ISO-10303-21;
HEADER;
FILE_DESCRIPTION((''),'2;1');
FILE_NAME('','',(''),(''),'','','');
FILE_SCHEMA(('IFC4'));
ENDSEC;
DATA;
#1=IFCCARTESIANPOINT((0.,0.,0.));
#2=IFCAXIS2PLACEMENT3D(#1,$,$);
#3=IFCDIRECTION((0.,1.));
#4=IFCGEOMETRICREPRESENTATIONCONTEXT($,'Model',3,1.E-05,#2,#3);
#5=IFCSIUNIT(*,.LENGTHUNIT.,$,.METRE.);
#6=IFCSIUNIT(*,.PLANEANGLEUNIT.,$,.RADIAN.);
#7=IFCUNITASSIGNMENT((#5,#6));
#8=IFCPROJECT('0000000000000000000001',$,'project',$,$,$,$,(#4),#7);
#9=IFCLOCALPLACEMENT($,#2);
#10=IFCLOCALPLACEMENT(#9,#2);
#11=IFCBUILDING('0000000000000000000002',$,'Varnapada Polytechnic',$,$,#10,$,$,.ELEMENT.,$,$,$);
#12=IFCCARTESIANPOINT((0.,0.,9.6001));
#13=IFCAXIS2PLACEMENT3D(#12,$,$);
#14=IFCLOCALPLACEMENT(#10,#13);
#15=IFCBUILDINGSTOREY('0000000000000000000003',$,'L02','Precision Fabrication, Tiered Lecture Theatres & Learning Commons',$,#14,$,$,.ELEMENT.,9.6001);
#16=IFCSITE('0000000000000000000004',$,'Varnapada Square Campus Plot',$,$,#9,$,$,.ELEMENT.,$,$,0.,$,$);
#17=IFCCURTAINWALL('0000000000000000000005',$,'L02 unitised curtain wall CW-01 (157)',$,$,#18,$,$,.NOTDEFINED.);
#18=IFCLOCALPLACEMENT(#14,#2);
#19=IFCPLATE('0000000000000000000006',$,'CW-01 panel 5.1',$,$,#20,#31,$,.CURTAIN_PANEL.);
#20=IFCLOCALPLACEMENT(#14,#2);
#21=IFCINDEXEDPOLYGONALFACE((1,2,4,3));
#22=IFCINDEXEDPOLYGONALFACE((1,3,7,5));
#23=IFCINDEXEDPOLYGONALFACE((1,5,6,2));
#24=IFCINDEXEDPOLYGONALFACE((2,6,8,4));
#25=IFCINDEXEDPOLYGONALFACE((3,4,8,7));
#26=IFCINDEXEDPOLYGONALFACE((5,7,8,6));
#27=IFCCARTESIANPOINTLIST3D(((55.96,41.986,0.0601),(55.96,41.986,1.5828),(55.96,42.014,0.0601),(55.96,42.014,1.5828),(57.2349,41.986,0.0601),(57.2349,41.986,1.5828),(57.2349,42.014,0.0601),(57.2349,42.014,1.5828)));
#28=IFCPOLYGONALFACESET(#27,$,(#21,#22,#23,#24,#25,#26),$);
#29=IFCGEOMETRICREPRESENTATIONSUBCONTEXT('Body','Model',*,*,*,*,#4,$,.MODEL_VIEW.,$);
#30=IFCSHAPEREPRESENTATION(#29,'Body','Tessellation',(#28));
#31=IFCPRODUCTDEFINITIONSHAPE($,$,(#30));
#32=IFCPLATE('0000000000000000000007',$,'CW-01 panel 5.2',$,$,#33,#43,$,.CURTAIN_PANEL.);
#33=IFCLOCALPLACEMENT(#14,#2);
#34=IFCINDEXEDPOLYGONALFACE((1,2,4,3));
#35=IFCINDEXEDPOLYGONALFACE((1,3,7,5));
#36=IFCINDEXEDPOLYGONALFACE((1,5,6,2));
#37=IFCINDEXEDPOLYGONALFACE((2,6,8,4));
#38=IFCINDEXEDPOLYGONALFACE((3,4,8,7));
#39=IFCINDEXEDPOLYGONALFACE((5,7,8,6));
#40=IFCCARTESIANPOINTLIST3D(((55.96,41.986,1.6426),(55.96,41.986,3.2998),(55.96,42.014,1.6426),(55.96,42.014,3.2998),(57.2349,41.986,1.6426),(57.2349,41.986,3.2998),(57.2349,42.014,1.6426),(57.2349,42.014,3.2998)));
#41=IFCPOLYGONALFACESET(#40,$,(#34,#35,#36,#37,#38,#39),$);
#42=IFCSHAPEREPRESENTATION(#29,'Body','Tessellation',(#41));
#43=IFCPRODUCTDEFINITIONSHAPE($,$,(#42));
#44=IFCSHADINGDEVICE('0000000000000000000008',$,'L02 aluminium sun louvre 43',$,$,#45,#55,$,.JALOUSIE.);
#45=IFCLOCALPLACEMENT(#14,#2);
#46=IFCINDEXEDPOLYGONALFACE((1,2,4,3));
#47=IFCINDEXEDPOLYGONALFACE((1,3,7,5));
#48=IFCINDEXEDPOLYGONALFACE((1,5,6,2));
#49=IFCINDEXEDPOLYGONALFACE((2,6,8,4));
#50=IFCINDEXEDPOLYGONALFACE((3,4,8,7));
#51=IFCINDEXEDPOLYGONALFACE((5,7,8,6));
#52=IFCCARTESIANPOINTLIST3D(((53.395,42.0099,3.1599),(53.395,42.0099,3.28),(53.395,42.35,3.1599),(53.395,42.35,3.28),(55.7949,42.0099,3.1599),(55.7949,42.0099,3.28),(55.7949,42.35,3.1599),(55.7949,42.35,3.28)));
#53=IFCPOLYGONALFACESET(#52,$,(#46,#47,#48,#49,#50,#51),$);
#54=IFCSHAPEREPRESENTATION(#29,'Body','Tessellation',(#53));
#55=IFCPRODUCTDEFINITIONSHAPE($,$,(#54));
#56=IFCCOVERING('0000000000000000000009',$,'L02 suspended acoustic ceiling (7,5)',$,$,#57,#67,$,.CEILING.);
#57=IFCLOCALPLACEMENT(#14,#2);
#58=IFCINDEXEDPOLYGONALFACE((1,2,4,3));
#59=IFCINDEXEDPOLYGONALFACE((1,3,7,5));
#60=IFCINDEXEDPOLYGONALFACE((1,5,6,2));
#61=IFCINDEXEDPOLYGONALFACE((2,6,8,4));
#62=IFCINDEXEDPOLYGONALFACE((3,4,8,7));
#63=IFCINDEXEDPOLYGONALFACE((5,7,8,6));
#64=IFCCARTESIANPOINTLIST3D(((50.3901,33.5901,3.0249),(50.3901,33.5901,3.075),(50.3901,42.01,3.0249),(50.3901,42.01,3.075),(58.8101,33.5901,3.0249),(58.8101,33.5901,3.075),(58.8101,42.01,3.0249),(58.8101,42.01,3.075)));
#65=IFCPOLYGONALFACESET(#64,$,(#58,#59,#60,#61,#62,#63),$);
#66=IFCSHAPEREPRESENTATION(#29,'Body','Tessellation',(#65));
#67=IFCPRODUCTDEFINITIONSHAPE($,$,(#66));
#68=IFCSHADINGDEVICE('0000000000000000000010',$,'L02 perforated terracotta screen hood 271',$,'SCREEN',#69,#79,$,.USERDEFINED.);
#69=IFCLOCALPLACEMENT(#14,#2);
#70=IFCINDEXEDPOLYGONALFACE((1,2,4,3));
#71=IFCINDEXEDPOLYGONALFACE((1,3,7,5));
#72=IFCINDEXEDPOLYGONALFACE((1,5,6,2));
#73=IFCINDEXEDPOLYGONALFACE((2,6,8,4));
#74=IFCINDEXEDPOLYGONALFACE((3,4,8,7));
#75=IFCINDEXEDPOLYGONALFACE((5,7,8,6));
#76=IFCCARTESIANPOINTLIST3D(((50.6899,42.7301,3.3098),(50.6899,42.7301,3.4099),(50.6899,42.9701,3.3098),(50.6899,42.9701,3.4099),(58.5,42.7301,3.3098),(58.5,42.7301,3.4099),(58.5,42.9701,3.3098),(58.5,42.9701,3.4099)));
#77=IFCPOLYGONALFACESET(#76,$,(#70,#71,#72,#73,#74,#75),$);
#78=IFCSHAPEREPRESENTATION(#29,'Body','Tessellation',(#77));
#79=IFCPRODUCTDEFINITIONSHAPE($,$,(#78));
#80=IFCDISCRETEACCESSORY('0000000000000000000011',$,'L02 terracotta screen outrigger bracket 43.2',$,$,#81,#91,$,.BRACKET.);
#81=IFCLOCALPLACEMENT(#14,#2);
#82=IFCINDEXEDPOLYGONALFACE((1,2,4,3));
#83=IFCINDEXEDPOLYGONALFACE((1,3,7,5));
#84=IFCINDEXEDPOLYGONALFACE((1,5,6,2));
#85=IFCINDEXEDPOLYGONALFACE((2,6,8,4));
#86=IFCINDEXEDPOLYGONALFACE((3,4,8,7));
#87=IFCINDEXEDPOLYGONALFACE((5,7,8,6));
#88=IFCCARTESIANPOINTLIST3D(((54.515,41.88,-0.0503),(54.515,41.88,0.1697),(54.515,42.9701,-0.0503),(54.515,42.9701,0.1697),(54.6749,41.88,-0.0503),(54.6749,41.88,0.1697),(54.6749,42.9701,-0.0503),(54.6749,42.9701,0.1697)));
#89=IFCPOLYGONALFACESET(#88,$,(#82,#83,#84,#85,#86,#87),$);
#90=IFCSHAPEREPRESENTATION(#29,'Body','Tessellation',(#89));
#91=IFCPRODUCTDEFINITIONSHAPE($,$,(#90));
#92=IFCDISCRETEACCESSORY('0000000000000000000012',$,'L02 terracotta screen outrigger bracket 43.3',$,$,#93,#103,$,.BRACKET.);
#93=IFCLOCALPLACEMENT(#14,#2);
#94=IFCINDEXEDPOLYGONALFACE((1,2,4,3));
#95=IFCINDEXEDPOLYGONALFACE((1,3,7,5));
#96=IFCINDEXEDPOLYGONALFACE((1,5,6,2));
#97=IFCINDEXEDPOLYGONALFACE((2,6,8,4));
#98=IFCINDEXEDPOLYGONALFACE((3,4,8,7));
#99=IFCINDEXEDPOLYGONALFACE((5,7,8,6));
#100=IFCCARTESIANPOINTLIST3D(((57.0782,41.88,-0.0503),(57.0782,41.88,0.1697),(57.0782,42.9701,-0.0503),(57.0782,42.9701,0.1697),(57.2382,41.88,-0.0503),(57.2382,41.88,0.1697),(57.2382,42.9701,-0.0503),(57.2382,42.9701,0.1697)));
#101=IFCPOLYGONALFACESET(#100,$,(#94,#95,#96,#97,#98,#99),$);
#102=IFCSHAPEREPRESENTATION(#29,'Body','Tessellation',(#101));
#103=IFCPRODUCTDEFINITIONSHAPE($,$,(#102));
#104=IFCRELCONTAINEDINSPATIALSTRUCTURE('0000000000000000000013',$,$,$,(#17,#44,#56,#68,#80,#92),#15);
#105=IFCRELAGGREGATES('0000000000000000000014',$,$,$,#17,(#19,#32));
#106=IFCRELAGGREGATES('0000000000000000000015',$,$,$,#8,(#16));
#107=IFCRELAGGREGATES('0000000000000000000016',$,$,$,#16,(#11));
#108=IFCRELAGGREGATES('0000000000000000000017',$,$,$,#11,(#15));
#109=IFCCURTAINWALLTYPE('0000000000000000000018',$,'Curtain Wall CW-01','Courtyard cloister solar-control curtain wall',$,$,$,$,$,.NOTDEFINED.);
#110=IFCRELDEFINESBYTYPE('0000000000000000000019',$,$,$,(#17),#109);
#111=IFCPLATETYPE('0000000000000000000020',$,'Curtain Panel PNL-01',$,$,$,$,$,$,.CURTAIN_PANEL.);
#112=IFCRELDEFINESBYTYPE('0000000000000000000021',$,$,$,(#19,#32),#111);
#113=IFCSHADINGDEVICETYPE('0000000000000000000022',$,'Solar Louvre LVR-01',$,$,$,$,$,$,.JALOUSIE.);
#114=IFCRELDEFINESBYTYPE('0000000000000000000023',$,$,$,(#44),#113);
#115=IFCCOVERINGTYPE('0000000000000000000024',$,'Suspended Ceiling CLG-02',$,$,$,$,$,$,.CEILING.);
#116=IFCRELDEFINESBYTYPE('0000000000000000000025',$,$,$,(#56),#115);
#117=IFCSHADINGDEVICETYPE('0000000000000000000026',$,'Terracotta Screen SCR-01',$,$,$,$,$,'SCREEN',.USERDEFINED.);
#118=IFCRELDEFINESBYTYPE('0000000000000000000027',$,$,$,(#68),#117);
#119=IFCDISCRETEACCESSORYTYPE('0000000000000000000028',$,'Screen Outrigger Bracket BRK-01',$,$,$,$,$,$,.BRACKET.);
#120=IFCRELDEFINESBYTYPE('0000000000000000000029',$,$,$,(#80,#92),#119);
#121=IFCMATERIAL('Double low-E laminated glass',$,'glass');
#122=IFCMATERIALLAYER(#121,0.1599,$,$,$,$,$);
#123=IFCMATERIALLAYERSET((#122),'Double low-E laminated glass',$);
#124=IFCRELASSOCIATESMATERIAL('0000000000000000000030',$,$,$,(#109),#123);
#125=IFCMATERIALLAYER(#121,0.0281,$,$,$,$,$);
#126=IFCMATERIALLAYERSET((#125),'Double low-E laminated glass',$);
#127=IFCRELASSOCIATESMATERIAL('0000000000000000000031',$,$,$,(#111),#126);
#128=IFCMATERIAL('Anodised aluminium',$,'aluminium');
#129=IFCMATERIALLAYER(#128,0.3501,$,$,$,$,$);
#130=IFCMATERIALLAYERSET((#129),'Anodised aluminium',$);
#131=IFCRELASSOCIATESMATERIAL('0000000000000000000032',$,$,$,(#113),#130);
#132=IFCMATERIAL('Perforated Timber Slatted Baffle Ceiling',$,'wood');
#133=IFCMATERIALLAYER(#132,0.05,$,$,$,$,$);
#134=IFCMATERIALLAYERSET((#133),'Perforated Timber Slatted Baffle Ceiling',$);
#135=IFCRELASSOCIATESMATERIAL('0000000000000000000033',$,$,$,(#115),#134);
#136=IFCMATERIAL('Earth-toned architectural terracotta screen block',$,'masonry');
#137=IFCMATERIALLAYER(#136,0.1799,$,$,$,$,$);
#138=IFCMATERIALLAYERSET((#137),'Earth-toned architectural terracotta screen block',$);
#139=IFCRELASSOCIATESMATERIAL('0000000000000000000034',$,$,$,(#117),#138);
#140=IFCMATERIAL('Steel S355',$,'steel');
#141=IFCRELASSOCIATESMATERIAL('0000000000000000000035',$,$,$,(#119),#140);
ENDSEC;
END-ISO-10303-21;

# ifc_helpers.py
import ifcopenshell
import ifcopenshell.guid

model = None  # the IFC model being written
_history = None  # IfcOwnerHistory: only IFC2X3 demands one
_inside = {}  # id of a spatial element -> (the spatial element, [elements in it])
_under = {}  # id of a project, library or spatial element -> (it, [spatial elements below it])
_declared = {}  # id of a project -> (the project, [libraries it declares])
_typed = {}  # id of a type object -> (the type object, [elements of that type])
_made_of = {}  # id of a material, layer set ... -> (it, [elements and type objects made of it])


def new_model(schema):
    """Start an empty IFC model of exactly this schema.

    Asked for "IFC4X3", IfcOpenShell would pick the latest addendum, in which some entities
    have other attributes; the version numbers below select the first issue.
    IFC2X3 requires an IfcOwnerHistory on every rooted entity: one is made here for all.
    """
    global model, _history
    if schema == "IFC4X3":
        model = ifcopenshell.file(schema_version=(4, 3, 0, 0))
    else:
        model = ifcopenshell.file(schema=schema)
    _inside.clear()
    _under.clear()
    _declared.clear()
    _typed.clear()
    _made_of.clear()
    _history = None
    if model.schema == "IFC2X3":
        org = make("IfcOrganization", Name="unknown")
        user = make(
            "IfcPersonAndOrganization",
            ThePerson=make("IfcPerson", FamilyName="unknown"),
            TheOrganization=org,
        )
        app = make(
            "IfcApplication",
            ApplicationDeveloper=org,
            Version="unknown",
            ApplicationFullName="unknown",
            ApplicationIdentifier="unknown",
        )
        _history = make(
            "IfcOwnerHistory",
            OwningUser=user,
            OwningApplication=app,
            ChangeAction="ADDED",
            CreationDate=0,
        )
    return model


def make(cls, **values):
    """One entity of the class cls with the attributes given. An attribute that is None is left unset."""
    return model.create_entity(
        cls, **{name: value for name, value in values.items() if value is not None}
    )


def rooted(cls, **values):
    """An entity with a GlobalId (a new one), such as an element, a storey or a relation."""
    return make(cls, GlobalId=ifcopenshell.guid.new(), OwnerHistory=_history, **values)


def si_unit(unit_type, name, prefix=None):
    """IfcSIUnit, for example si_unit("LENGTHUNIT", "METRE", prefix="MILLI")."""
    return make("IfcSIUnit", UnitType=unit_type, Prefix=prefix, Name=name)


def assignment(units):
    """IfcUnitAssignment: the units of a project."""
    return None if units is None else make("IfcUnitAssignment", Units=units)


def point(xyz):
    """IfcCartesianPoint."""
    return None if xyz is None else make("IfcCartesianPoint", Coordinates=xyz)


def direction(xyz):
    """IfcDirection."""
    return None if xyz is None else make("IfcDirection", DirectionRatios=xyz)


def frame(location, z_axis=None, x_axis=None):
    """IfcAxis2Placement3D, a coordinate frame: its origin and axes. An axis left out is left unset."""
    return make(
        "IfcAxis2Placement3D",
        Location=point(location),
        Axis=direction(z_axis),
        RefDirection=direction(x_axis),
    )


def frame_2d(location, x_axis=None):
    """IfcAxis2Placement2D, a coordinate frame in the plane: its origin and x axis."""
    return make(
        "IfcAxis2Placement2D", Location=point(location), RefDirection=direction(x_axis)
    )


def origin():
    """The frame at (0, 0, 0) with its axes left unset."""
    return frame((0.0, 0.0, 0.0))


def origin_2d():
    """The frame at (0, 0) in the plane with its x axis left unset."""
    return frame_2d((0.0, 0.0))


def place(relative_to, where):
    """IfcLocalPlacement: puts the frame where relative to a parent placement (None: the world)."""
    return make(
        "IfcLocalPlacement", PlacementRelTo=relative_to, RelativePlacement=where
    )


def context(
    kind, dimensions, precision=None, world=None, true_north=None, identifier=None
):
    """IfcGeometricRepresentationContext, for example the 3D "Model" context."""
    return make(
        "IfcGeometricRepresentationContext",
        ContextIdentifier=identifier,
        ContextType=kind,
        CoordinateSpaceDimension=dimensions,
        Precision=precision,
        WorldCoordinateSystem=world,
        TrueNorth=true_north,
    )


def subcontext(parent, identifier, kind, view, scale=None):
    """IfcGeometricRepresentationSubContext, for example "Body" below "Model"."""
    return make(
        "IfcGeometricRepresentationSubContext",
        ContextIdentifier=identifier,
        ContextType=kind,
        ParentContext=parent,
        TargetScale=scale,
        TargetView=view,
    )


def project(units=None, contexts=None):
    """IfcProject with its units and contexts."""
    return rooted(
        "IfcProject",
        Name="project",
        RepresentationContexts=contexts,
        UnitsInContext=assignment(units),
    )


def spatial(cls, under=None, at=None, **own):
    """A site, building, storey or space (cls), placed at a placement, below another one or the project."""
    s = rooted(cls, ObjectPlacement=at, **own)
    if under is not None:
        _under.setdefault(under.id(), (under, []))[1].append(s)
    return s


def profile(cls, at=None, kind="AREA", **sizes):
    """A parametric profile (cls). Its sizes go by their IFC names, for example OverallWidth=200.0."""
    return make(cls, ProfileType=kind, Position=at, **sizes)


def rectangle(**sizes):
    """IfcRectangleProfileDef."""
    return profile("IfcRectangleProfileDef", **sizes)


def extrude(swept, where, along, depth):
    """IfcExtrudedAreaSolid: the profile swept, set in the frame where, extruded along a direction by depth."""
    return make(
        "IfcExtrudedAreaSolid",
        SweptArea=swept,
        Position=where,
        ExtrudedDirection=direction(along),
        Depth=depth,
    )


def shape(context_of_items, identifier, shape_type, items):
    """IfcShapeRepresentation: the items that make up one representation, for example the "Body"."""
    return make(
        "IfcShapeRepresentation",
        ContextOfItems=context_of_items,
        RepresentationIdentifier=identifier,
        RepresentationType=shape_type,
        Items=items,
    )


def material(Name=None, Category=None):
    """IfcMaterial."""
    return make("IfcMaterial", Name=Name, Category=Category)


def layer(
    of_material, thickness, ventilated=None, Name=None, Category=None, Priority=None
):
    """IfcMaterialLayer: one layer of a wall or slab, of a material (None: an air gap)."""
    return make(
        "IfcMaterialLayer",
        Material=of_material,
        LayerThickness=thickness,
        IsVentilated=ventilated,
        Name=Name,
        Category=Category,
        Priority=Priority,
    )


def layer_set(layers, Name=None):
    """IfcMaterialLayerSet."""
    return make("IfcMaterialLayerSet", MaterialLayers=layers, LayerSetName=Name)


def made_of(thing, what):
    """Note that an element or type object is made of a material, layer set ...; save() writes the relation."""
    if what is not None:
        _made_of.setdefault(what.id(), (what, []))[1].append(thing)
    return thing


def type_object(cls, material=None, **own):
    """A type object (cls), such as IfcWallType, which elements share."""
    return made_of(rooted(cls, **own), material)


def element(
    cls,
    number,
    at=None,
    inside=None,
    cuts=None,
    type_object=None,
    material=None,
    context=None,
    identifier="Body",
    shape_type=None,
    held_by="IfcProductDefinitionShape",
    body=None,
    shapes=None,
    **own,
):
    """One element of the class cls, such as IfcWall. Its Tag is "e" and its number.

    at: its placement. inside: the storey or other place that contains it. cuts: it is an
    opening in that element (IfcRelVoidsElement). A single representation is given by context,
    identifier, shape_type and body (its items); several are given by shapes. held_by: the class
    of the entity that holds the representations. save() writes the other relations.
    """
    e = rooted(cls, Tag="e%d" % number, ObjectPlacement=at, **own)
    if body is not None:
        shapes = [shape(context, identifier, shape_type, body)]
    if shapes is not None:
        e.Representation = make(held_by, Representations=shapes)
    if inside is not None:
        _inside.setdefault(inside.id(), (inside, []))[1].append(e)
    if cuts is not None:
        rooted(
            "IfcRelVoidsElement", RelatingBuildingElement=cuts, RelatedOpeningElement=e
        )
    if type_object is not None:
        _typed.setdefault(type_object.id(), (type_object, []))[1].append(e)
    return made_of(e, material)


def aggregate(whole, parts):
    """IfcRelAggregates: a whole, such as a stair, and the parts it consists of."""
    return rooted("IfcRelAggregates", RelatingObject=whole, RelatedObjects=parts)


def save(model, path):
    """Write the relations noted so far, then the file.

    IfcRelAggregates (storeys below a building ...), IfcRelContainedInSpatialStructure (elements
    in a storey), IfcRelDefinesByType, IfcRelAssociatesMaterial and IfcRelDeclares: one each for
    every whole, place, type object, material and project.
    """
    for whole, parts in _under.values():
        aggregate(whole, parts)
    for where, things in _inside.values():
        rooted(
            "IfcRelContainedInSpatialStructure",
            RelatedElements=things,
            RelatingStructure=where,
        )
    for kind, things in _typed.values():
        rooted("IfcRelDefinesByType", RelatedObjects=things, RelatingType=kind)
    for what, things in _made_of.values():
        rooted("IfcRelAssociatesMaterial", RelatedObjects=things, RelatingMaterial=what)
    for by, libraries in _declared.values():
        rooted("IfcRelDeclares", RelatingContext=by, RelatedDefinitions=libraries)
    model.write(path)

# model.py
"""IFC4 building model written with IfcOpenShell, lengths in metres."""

from ifc_helpers import new_model, si_unit, direction, frame, origin, origin_2d, place, context, subcontext, project, spatial, rectangle, extrude, material, layer, layer_set, type_object, element, aggregate, save


model = new_model("IFC4")

# Units and contexts
model_context = context("Model", 3, precision=1e-05, world=origin(), true_north=direction((0.0, 1.0)))
body_context = subcontext(model_context, "Body", "Model", "MODEL_VIEW")
ifc_project = project(units=[si_unit("LENGTHUNIT", "METRE"), si_unit("PLANEANGLEUNIT", "RADIAN")], contexts=[model_context])

# Site, building, storey
site_placement = place(None, origin())
site = spatial("IfcSite", under=ifc_project, at=site_placement, Name="Varnapada Square Campus Plot", CompositionType="ELEMENT", RefElevation=0.0)
building_placement = place(site_placement, origin())
building = spatial("IfcBuilding", under=site, at=building_placement, Name="Varnapada Polytechnic", CompositionType="ELEMENT")
storey_placement = place(building_placement, frame((0.0, 0.0, 9.6001)))
storey = spatial("IfcBuildingStorey", under=building, at=storey_placement, Name="L02", Description="Precision Fabrication, Tiered Lecture Theatres & Learning Commons", CompositionType="ELEMENT", Elevation=9.6001)

# Curtain wall, plates
ifc_material_1 = material(Name="Double low-E laminated glass", Category="glass")
ifc_layer_1 = layer(ifc_material_1, 0.1599)
ifc_layer_set_1 = layer_set([ifc_layer_1], Name="Double low-E laminated glass")
curtain_wall_type = type_object("IfcCurtainWallType", Name="Curtain Wall CW-01", Description="Courtyard cloister solar-control curtain wall", PredefinedType="NOTDEFINED", material=ifc_layer_set_1)
curtain_wall_placement = place(storey_placement, origin())
curtain_wall = element("IfcCurtainWall", 1, at=curtain_wall_placement, inside=storey, type_object=curtain_wall_type, Name="L02 unitised curtain wall CW-01 (157)", PredefinedType="NOTDEFINED")
ifc_material_2 = material(Name="Anodised aluminium", Category="aluminium")
ifc_layer_2 = layer(ifc_material_1, 0.0281)
ifc_layer_set_2 = layer_set([ifc_layer_2], Name="Double low-E laminated glass")
plate_type = type_object("IfcPlateType", Name="Curtain Panel PNL-01", PredefinedType="CURTAIN_PANEL", material=ifc_layer_set_2)
plate_1_placement = place(storey_placement, frame((56.5974, 42.0, 0.0601), z_axis=(0.0, 0.0, 1.0), x_axis=(1.0, 0.0, 0.0)))
plate_1 = element("IfcPlate", 2, at=plate_1_placement, type_object=plate_type, Name="CW-01 panel 5.1", PredefinedType="CURTAIN_PANEL", context=body_context, shape_type="SweptSolid", body=[
    extrude(rectangle(XDim=1.2749, YDim=0.0281, at=origin_2d()), origin(), (0.0, 0.0, 1.0), 1.5227),
])
plate_2_placement = place(storey_placement, frame((56.5974, 42.0, 1.6426), z_axis=(0.0, 0.0, 1.0), x_axis=(1.0, 0.0, 0.0)))
plate_2 = element("IfcPlate", 3, at=plate_2_placement, type_object=plate_type, Name="CW-01 panel 5.2", PredefinedType="CURTAIN_PANEL", context=body_context, shape_type="SweptSolid", body=[
    extrude(rectangle(XDim=1.2749, YDim=0.0281, at=origin_2d()), origin(), (0.0, 0.0, 1.0), 1.6572),
])
aggregate(curtain_wall, [plate_1, plate_2])

# Shading device
ifc_layer_3 = layer(ifc_material_2, 0.3501)
ifc_layer_set_3 = layer_set([ifc_layer_3], Name="Anodised aluminium")
shading_device_type_1 = type_object("IfcShadingDeviceType", Name="Solar Louvre LVR-01", PredefinedType="JALOUSIE", material=ifc_layer_set_3)
shading_device_1_placement = place(storey_placement, frame((54.595, 42.1799, 3.1599), z_axis=(0.0, 0.0, 1.0), x_axis=(1.0, 0.0, 0.0)))
element("IfcShadingDevice", 4, at=shading_device_1_placement, inside=storey, type_object=shading_device_type_1, Name="L02 aluminium sun louvre 43", PredefinedType="JALOUSIE", context=body_context, shape_type="SweptSolid", body=[
    extrude(rectangle(XDim=2.3999, YDim=0.3401, at=origin_2d()), origin(), (0.0, 0.0, 1.0), 0.1201),
])

# Covering
ifc_material_3 = material(Name="Perforated Timber Slatted Baffle Ceiling", Category="wood")
ifc_layer_4 = layer(ifc_material_3, 0.05)
ifc_layer_set_4 = layer_set([ifc_layer_4], Name="Perforated Timber Slatted Baffle Ceiling")
covering_type = type_object("IfcCoveringType", Name="Suspended Ceiling CLG-02", PredefinedType="CEILING", material=ifc_layer_set_4)
covering_placement = place(storey_placement, frame((54.6001, 37.8, 3.0249), z_axis=(0.0, 0.0, 1.0), x_axis=(1.0, 0.0, 0.0)))
element("IfcCovering", 5, at=covering_placement, inside=storey, type_object=covering_type, Name="L02 suspended acoustic ceiling (7,5)", PredefinedType="CEILING", context=body_context, shape_type="SweptSolid", body=[
    extrude(rectangle(XDim=8.4199, YDim=8.4199, at=origin_2d()), origin(), (0.0, 0.0, 1.0), 0.05),
])

# Shading device
ifc_material_4 = material(Name="Earth-toned architectural terracotta screen block", Category="masonry")
ifc_layer_5 = layer(ifc_material_4, 0.1799)
ifc_layer_set_5 = layer_set([ifc_layer_5], Name="Earth-toned architectural terracotta screen block")
shading_device_type_2 = type_object("IfcShadingDeviceType", Name="Terracotta Screen SCR-01", ElementType="SCREEN", PredefinedType="USERDEFINED", material=ifc_layer_set_5)
shading_device_2_placement = place(storey_placement, frame((54.595, 42.8501, 3.3098), z_axis=(0.0, 0.0, 1.0), x_axis=(1.0, 0.0, 0.0)))
element("IfcShadingDevice", 6, at=shading_device_2_placement, inside=storey, type_object=shading_device_type_2, Name="L02 perforated terracotta screen hood 271", ObjectType="SCREEN", PredefinedType="USERDEFINED", context=body_context, shape_type="SweptSolid", body=[
    extrude(rectangle(XDim=7.8101, YDim=0.24, at=origin_2d()), origin(), (0.0, 0.0, 1.0), 0.1001),
])

# Discrete accessories
ifc_material_5 = material(Name="Steel S355", Category="steel")
discrete_accessory_type = type_object("IfcDiscreteAccessoryType", Name="Screen Outrigger Bracket BRK-01", PredefinedType="BRACKET", material=ifc_material_5)
for number, where, z_axis, x_axis, name in (
    (7, (54.595, 42.425, -0.0503), (0.0, 0.0, 1.0), (1.0, 0.0, 0.0), "L02 terracotta screen outrigger bracket 43.2"),
    (8, (57.1582, 42.425, -0.0503), (0.0, 0.0, 1.0), (1.0, 0.0, 0.0), "L02 terracotta screen outrigger bracket 43.3"),
):
    element("IfcDiscreteAccessory", number, at=place(storey_placement, frame(where, z_axis=z_axis, x_axis=x_axis)), inside=storey, type_object=discrete_accessory_type, Name=name, PredefinedType="BRACKET", context=body_context, shape_type="SweptSolid", body=[
        extrude(rectangle(XDim=0.1599, YDim=1.0901, at=origin_2d()), origin(), (0.0, 0.0, 1.0), 0.22),
    ])

save(model, "model.ifc")
